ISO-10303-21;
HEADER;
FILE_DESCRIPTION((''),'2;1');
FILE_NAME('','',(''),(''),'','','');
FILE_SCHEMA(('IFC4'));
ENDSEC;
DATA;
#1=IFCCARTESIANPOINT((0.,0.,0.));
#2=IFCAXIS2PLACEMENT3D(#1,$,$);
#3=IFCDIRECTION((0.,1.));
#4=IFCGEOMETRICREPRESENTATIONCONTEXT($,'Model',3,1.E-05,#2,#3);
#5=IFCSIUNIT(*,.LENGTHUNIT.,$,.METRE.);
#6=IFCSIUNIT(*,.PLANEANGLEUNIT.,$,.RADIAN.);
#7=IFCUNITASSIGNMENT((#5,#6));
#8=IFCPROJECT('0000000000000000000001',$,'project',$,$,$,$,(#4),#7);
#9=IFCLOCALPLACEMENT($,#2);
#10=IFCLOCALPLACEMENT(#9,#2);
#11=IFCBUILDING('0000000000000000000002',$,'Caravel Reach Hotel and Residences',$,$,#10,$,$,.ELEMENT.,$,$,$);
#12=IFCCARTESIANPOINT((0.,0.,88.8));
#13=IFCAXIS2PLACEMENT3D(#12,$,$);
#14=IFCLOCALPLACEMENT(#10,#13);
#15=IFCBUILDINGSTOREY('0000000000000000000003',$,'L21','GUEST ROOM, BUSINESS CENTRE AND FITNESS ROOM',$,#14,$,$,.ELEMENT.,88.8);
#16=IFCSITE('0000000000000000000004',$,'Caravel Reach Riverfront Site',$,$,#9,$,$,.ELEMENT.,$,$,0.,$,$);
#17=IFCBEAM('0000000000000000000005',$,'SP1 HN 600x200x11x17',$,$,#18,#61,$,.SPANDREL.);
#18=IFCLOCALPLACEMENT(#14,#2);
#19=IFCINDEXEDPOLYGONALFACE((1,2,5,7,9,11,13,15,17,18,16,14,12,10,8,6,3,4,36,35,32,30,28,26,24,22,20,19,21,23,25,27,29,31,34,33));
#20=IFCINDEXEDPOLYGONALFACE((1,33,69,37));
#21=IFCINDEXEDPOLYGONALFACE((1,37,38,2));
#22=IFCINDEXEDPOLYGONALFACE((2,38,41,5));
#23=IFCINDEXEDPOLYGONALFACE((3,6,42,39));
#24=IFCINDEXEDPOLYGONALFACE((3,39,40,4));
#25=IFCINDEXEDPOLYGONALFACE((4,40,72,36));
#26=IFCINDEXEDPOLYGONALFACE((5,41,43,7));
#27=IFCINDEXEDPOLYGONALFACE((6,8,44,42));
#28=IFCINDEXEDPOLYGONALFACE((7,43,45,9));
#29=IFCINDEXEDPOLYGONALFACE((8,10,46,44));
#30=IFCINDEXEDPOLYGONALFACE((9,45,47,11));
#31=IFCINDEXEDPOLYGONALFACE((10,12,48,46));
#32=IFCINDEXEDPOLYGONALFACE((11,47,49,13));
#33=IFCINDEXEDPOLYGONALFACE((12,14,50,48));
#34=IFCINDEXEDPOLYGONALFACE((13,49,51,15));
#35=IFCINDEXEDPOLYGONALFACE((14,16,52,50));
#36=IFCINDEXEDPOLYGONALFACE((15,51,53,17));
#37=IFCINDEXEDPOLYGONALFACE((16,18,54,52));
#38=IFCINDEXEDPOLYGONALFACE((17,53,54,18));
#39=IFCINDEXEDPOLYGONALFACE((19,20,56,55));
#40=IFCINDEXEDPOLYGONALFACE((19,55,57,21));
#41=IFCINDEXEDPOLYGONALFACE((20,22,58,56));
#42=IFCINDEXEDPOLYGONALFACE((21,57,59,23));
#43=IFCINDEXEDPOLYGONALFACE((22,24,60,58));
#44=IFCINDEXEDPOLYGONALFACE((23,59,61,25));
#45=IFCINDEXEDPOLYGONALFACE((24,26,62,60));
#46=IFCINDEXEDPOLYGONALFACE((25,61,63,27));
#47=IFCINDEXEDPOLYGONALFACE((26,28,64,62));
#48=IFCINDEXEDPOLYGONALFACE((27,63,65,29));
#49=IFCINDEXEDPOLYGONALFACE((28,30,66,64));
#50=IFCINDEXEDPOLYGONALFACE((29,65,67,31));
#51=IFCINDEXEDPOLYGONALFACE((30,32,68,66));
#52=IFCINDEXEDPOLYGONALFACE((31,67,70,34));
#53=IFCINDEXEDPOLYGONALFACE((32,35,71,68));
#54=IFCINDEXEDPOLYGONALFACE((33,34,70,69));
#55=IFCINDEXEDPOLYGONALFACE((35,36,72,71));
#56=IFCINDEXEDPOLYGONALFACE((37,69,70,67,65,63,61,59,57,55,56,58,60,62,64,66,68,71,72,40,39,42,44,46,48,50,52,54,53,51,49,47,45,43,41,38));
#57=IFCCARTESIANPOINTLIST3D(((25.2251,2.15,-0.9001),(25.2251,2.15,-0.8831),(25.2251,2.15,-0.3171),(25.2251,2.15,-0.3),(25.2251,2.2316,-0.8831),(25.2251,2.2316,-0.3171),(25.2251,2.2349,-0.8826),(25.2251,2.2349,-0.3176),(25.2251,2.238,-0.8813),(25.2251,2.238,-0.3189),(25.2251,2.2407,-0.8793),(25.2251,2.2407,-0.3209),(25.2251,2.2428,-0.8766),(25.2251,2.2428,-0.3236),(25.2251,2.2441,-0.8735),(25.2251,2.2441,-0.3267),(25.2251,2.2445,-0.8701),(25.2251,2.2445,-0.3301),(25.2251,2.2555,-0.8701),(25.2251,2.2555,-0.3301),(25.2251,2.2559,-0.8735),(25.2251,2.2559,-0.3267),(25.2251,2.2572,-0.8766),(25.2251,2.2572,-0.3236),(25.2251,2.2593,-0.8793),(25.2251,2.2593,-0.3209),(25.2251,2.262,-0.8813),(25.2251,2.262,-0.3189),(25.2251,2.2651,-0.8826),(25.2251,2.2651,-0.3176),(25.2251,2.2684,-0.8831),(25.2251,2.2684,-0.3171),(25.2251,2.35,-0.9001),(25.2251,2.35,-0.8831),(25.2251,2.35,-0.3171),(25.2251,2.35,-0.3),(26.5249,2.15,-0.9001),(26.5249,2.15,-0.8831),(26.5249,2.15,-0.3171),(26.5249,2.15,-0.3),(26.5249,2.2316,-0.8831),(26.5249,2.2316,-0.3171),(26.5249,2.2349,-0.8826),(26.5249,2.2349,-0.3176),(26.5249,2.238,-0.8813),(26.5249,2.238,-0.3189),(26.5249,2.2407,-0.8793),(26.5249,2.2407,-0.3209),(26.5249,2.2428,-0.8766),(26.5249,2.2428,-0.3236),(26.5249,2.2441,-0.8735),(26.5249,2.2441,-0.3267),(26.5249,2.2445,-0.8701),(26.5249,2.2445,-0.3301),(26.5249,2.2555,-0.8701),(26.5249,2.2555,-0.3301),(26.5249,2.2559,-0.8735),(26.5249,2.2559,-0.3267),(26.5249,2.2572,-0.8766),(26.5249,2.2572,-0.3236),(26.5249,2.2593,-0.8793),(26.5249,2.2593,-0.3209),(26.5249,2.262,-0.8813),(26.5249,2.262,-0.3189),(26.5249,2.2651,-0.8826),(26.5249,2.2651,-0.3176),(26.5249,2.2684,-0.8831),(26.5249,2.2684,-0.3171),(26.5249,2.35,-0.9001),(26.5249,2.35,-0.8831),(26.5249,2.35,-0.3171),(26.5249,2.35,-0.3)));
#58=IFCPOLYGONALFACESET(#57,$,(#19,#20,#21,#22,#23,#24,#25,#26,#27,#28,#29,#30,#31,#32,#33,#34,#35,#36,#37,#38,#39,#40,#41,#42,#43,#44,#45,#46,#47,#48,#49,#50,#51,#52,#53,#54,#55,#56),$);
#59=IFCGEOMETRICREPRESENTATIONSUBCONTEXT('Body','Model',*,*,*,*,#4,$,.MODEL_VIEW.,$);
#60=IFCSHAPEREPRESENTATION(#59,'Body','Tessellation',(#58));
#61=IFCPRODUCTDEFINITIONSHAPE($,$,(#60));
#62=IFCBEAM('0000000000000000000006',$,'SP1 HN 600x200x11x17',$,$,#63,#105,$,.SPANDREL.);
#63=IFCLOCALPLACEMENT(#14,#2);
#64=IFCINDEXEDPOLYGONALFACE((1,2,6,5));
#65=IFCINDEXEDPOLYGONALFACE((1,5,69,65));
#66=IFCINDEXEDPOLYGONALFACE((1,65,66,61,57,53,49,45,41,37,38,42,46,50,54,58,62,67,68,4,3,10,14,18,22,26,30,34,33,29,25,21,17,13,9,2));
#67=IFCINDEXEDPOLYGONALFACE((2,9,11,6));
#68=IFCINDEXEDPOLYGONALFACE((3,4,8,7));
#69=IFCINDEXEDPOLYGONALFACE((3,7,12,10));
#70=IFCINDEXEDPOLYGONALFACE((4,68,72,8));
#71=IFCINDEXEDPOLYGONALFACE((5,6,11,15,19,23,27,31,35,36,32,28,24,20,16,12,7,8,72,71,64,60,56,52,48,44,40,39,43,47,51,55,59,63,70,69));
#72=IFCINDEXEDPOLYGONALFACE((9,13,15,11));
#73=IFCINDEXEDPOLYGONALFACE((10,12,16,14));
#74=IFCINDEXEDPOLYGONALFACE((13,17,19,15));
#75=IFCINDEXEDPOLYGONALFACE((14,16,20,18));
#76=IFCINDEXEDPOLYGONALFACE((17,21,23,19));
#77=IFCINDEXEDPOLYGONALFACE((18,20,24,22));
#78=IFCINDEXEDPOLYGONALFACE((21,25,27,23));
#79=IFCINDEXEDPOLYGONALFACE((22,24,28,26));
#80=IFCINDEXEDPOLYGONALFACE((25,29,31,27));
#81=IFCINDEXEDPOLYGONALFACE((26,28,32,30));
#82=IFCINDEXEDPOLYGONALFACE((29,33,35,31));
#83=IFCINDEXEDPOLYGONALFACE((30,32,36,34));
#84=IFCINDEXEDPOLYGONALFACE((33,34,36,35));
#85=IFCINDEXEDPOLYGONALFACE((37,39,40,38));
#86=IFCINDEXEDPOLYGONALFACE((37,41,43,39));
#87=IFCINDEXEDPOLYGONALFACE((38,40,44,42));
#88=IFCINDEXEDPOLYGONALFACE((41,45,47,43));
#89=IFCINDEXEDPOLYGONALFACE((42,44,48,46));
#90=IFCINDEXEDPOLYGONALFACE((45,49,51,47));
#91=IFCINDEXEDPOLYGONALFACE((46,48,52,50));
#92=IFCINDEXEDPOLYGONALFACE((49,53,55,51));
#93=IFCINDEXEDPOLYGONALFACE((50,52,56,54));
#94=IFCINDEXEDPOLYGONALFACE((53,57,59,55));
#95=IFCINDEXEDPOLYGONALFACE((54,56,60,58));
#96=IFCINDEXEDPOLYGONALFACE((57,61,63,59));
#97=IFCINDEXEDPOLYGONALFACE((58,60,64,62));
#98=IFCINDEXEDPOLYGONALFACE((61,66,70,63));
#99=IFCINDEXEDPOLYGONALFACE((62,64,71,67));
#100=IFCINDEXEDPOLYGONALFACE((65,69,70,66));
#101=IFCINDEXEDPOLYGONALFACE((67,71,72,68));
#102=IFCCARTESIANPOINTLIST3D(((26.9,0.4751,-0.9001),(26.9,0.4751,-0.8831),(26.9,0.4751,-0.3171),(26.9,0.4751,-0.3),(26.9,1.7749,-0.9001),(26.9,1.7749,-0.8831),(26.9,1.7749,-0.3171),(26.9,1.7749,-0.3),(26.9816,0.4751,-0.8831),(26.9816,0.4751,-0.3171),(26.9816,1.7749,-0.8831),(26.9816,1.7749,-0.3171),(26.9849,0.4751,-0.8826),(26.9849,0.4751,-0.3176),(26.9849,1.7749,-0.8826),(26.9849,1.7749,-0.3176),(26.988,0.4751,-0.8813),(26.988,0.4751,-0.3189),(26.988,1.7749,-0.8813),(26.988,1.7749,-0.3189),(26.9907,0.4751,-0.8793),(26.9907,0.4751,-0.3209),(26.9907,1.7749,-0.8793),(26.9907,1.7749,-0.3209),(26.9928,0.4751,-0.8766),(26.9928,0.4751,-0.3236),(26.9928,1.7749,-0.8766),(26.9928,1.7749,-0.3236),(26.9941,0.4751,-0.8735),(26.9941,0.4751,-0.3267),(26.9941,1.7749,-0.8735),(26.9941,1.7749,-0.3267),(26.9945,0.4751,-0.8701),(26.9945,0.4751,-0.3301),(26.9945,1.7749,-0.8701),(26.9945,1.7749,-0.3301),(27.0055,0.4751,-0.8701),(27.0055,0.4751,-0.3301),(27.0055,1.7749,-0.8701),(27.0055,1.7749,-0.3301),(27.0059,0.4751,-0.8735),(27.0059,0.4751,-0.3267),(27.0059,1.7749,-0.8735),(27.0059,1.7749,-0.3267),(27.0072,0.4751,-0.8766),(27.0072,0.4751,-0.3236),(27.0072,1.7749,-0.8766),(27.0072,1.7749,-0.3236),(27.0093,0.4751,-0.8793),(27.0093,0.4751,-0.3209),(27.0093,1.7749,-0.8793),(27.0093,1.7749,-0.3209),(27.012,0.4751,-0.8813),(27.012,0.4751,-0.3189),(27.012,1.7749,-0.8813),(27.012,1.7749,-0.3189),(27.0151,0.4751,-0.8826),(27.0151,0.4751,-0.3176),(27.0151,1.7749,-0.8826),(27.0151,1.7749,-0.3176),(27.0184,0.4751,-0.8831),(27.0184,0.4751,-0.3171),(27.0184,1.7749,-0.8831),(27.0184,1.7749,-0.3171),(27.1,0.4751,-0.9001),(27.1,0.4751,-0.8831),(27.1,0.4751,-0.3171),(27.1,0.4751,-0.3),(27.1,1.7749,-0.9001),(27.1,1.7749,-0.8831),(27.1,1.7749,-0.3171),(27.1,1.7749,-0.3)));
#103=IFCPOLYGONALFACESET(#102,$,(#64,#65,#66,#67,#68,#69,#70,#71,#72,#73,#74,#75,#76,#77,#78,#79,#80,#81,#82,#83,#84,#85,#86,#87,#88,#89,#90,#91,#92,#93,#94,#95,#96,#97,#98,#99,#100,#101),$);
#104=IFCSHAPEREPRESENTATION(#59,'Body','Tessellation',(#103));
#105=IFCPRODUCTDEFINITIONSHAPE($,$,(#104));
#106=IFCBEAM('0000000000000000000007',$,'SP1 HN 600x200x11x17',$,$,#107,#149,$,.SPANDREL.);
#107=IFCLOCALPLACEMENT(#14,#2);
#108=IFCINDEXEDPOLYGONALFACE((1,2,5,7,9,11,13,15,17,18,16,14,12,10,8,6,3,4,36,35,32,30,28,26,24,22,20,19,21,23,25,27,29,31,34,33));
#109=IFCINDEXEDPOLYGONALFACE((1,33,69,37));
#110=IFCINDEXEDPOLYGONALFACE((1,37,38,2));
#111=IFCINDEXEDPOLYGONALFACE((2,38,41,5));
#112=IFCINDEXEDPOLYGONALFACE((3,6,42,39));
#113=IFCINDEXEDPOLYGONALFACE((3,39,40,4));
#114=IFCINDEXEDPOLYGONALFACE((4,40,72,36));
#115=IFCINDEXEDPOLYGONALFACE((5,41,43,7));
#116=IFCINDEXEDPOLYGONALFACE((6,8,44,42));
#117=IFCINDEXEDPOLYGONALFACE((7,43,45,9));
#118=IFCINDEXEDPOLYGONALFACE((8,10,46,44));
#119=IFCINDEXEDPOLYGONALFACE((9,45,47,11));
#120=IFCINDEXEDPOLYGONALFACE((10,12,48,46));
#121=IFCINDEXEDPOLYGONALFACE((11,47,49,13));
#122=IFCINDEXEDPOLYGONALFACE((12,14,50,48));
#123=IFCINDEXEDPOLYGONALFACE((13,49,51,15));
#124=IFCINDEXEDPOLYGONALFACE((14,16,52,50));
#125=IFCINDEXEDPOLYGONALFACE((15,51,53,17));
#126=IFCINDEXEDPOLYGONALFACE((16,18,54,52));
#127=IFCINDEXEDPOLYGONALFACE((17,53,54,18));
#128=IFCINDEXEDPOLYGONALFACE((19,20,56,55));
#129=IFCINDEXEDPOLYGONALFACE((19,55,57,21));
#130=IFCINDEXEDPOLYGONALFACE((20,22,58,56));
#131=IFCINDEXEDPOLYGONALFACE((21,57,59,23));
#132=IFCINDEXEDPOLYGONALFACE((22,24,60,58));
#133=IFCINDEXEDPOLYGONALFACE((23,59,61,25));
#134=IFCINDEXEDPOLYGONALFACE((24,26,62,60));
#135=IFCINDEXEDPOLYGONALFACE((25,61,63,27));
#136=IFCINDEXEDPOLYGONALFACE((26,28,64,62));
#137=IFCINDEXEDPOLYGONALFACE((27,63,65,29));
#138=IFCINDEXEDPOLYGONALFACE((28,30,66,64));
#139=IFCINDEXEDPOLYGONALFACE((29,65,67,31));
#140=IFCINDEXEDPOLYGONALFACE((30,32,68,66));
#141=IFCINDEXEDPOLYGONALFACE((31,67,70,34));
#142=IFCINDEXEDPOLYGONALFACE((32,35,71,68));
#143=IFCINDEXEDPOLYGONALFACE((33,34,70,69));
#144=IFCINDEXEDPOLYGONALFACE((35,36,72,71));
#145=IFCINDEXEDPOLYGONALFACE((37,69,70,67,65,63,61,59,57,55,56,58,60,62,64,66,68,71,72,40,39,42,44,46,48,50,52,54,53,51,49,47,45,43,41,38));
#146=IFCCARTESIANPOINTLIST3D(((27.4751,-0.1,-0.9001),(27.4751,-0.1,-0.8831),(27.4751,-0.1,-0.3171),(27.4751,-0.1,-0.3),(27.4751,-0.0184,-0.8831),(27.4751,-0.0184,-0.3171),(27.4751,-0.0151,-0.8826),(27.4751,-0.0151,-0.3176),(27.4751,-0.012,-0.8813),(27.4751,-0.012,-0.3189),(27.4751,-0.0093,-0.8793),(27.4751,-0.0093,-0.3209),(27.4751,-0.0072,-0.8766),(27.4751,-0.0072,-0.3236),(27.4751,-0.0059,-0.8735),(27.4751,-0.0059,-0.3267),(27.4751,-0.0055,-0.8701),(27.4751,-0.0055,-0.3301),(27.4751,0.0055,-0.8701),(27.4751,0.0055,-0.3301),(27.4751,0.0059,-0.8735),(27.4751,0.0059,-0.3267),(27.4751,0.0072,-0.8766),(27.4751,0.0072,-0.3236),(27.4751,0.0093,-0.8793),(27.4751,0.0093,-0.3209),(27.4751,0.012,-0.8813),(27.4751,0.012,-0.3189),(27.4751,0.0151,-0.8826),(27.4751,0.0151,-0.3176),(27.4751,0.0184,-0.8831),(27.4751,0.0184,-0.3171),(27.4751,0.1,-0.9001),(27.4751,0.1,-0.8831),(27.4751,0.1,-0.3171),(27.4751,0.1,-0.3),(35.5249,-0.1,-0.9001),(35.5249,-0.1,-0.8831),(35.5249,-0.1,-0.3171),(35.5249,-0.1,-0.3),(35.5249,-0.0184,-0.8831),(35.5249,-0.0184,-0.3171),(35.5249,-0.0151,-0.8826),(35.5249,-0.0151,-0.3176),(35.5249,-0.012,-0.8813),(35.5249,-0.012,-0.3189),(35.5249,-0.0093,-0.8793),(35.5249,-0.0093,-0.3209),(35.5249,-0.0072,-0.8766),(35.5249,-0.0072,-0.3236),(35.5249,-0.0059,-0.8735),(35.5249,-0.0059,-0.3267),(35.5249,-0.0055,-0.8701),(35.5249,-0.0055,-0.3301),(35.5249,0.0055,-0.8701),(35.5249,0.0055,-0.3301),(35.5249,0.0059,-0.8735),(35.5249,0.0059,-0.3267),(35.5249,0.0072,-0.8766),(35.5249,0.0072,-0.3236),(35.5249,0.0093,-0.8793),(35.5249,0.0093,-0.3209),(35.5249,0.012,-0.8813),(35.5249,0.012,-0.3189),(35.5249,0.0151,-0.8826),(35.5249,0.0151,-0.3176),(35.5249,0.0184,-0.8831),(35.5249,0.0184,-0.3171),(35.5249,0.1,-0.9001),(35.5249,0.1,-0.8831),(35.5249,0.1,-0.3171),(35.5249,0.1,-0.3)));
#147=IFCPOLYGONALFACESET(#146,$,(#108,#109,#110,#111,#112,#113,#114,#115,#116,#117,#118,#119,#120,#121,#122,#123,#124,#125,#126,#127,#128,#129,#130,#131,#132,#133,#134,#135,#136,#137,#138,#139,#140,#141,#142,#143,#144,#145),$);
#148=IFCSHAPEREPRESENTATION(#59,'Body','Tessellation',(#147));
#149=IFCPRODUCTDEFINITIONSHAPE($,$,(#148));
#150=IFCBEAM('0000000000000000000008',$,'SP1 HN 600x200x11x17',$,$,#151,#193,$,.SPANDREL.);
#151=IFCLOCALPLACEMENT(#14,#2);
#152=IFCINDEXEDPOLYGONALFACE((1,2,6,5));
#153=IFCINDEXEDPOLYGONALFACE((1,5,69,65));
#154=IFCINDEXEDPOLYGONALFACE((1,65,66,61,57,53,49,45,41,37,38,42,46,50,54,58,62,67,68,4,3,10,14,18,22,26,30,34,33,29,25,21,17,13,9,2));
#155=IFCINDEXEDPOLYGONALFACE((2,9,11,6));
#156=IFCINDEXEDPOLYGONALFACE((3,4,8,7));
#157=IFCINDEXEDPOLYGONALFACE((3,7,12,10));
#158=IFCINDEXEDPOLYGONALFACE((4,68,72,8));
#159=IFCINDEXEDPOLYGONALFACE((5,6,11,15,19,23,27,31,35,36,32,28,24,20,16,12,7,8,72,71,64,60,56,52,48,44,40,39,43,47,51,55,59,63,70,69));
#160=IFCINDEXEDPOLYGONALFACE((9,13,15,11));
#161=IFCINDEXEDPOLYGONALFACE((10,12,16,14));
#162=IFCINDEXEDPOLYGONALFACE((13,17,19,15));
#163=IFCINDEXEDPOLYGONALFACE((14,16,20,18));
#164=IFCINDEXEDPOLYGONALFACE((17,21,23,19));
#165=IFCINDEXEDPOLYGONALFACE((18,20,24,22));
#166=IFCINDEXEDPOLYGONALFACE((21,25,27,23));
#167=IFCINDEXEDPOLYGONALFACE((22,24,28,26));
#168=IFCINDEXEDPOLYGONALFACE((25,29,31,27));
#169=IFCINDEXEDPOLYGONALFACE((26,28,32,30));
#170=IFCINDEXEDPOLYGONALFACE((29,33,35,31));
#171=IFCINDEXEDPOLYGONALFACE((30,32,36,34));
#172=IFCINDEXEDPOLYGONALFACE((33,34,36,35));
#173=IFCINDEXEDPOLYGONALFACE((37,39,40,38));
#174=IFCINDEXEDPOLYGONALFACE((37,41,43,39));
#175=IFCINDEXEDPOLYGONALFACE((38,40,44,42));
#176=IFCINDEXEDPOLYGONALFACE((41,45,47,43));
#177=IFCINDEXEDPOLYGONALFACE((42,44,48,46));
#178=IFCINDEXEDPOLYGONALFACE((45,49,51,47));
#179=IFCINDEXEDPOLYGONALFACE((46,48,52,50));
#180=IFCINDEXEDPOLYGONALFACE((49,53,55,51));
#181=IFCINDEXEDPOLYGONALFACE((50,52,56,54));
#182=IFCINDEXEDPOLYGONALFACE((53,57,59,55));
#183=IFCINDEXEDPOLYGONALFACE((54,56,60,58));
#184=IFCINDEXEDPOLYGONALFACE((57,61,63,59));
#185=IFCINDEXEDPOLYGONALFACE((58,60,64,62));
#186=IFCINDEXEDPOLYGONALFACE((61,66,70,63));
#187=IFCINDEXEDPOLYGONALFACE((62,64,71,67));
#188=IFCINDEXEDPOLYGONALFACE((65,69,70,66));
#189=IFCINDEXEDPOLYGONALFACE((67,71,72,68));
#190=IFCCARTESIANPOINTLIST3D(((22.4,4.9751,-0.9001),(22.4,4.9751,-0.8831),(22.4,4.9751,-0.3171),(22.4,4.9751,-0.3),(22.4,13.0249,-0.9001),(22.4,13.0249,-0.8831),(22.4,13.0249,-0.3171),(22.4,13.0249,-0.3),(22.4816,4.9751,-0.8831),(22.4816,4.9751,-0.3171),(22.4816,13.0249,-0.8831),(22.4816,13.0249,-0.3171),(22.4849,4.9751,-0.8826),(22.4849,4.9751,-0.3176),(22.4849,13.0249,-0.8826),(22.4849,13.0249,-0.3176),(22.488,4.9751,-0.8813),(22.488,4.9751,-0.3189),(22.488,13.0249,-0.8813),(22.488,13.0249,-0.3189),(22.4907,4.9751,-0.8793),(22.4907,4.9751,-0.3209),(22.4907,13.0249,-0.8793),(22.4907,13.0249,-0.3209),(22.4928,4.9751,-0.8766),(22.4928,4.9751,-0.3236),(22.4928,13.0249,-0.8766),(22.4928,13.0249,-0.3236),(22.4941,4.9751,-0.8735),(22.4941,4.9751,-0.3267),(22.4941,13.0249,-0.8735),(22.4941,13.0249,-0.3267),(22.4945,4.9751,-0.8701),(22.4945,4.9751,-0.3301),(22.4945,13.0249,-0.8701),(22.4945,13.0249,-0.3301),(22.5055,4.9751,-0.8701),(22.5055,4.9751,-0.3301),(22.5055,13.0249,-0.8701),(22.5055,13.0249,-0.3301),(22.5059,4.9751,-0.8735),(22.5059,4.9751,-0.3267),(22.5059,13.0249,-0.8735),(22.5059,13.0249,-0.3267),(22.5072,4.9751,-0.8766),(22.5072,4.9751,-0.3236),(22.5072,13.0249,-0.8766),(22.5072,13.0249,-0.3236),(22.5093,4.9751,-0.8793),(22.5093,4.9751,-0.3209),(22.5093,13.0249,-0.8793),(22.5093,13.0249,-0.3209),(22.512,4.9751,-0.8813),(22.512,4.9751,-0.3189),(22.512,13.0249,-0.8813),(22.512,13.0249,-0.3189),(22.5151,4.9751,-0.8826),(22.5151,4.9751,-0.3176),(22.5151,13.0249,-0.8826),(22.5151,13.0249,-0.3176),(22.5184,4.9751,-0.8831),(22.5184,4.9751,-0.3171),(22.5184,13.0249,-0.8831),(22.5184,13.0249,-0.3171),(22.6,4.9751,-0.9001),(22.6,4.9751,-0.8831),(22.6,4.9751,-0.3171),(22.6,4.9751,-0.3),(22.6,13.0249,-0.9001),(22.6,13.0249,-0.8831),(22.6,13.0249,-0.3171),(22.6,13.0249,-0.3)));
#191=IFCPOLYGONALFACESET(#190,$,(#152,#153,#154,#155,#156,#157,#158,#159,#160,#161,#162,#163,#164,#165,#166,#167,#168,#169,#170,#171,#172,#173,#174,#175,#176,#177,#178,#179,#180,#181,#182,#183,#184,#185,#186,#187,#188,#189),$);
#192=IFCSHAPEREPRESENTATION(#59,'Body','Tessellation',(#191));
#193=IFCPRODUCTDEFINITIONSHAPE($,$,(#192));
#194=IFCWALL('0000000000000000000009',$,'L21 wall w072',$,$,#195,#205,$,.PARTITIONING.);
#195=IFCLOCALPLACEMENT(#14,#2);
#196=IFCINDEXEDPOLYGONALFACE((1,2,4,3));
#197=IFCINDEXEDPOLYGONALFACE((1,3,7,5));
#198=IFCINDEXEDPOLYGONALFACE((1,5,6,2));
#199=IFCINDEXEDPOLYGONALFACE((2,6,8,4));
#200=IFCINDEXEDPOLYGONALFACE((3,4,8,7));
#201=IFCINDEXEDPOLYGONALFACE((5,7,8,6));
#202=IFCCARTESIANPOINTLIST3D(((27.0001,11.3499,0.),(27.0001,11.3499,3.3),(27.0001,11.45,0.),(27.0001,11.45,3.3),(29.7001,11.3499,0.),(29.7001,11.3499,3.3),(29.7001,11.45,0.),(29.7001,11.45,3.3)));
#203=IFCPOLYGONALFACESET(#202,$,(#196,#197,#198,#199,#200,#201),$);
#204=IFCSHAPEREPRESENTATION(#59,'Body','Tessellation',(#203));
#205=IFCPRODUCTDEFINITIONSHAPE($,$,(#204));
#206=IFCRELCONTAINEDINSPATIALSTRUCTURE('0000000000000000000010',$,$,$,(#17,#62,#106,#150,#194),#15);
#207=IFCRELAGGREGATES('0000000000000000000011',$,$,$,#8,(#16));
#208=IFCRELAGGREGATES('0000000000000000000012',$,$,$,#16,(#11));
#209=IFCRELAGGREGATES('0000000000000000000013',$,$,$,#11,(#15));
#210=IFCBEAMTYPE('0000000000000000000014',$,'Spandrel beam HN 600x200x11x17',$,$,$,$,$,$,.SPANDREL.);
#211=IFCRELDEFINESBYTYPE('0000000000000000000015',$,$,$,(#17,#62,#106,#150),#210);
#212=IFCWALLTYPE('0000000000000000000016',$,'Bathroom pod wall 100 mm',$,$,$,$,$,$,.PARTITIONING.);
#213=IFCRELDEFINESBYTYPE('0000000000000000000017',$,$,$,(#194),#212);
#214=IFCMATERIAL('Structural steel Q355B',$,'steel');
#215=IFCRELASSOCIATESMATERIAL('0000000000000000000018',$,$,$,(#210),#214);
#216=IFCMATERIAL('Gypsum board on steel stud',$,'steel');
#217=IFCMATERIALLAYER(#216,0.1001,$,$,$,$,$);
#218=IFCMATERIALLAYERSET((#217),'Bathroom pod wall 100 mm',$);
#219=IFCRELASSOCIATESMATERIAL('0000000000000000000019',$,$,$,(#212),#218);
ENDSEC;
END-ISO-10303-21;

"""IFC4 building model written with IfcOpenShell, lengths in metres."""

from ifc_helpers import new_model, si_unit, direction, frame, frame_2d, origin, origin_2d, place, context, subcontext, project, spatial, rectangle, i_section, extrude, material, layer, layer_set, material_profile, profile_set, type_object, element, save


model = new_model("IFC4")

# Units and contexts
model_context = context("Model", 3, precision=1e-05, world=origin(), true_north=direction((0.0, 1.0)))
body_context = subcontext(model_context, "Body", "Model", "MODEL_VIEW")
ifc_project = project(units=[si_unit("LENGTHUNIT", "METRE"), si_unit("PLANEANGLEUNIT", "RADIAN")], contexts=[model_context])

# Site, building, storey
site_placement = place(None, origin())
site = spatial("IfcSite", under=ifc_project, at=site_placement, Name="Caravel Reach Riverfront Site", CompositionType="ELEMENT", RefElevation=0.0)
building_placement = place(site_placement, origin())
building = spatial("IfcBuilding", under=site, at=building_placement, Name="Caravel Reach Hotel and Residences", CompositionType="ELEMENT")
storey_placement = place(building_placement, frame((0.0, 0.0, 88.8)))
storey = spatial("IfcBuildingStorey", under=building, at=storey_placement, Name="L21", Description="GUEST ROOM, BUSINESS CENTRE AND FITNESS ROOM", CompositionType="ELEMENT", Elevation=88.8)

# Beams
ifc_material_1 = material(Name="Structural steel Q355B", Category="steel")
ifc_material_profile_1 = material_profile(ifc_material_1, i_section(OverallWidth=0.2, OverallDepth=0.6001, WebThickness=0.011, FlangeThickness=0.0171, FilletRadius=0.0129, at=origin_2d()), Name="HN 600x200x11x17")
ifc_profile_set_1 = profile_set([ifc_material_profile_1], Name="Structural steel Q355B")
beam_type = type_object("IfcBeamType", Name="Spandrel beam HN 600x200x11x17", PredefinedType="SPANDREL", material=ifc_profile_set_1)
for number, where, z_axis, x_axis, name in (
    (1, (25.2251, 2.25, -0.6001), (1.0, 0.0, 0.0), (0.0, 1.0, 0.0), "SP1 HN 600x200x11x17"),
    (2, (27.0, 1.7749, -0.6001), (0.0, -1.0, 0.0), (1.0, 0.0, 0.0), "SP1 HN 600x200x11x17"),
):
    element("IfcBeam", number, at=place(storey_placement, frame(where, z_axis=z_axis, x_axis=x_axis)), inside=storey, type_object=beam_type, Name=name, PredefinedType="SPANDREL", context=body_context, shape_type="SweptSolid", body=[
        extrude(i_section(OverallWidth=0.2, OverallDepth=0.6001, WebThickness=0.011, FlangeThickness=0.0171, FilletRadius=0.0129, at=origin_2d()), origin(), (0.0, 0.0, 1.0), 1.2998),
    ])
for number, where, z_axis, x_axis, name in (
    (3, (27.4751, 0.0, -0.6001), (1.0, 0.0, 0.0), (0.0, 1.0, 0.0), "SP1 HN 600x200x11x17"),
    (4, (22.5, 13.0249, -0.6001), (0.0, -1.0, 0.0), (1.0, 0.0, 0.0), "SP1 HN 600x200x11x17"),
):
    element("IfcBeam", number, at=place(storey_placement, frame(where, z_axis=z_axis, x_axis=x_axis)), inside=storey, type_object=beam_type, Name=name, PredefinedType="SPANDREL", context=body_context, shape_type="SweptSolid", body=[
        extrude(i_section(OverallWidth=0.2, OverallDepth=0.6001, WebThickness=0.011, FlangeThickness=0.0171, FilletRadius=0.0129, at=origin_2d()), origin(), (0.0, 0.0, 1.0), 8.0498),
    ])

# Wall
ifc_material_2 = material(Name="Gypsum board on steel stud", Category="steel")
ifc_layer_1 = layer(ifc_material_2, 0.1001)
ifc_layer_set_1 = layer_set([ifc_layer_1], Name="Bathroom pod wall 100 mm")
wall_type_1 = type_object("IfcWallType", Name="Bathroom pod wall 100 mm", PredefinedType="PARTITIONING", material=ifc_layer_set_1)
wall_1_placement = place(storey_placement, frame((27.0, 11.3999, 0.0), z_axis=(0.0, 0.0, 1.0), x_axis=(1.0, 0.0, 0.0)))
element("IfcWall", 5, at=wall_1_placement, inside=storey, type_object=wall_type_1, Name="L21 wall w072", PredefinedType="PARTITIONING", context=body_context, shape_type="SweptSolid", body=[
    extrude(rectangle(XDim=2.7, YDim=0.1001, at=frame_2d((1.3501, 0.0))), origin(), (0.0, 0.0, 1.0), 3.3),
])

save(model, "model.ifc")
